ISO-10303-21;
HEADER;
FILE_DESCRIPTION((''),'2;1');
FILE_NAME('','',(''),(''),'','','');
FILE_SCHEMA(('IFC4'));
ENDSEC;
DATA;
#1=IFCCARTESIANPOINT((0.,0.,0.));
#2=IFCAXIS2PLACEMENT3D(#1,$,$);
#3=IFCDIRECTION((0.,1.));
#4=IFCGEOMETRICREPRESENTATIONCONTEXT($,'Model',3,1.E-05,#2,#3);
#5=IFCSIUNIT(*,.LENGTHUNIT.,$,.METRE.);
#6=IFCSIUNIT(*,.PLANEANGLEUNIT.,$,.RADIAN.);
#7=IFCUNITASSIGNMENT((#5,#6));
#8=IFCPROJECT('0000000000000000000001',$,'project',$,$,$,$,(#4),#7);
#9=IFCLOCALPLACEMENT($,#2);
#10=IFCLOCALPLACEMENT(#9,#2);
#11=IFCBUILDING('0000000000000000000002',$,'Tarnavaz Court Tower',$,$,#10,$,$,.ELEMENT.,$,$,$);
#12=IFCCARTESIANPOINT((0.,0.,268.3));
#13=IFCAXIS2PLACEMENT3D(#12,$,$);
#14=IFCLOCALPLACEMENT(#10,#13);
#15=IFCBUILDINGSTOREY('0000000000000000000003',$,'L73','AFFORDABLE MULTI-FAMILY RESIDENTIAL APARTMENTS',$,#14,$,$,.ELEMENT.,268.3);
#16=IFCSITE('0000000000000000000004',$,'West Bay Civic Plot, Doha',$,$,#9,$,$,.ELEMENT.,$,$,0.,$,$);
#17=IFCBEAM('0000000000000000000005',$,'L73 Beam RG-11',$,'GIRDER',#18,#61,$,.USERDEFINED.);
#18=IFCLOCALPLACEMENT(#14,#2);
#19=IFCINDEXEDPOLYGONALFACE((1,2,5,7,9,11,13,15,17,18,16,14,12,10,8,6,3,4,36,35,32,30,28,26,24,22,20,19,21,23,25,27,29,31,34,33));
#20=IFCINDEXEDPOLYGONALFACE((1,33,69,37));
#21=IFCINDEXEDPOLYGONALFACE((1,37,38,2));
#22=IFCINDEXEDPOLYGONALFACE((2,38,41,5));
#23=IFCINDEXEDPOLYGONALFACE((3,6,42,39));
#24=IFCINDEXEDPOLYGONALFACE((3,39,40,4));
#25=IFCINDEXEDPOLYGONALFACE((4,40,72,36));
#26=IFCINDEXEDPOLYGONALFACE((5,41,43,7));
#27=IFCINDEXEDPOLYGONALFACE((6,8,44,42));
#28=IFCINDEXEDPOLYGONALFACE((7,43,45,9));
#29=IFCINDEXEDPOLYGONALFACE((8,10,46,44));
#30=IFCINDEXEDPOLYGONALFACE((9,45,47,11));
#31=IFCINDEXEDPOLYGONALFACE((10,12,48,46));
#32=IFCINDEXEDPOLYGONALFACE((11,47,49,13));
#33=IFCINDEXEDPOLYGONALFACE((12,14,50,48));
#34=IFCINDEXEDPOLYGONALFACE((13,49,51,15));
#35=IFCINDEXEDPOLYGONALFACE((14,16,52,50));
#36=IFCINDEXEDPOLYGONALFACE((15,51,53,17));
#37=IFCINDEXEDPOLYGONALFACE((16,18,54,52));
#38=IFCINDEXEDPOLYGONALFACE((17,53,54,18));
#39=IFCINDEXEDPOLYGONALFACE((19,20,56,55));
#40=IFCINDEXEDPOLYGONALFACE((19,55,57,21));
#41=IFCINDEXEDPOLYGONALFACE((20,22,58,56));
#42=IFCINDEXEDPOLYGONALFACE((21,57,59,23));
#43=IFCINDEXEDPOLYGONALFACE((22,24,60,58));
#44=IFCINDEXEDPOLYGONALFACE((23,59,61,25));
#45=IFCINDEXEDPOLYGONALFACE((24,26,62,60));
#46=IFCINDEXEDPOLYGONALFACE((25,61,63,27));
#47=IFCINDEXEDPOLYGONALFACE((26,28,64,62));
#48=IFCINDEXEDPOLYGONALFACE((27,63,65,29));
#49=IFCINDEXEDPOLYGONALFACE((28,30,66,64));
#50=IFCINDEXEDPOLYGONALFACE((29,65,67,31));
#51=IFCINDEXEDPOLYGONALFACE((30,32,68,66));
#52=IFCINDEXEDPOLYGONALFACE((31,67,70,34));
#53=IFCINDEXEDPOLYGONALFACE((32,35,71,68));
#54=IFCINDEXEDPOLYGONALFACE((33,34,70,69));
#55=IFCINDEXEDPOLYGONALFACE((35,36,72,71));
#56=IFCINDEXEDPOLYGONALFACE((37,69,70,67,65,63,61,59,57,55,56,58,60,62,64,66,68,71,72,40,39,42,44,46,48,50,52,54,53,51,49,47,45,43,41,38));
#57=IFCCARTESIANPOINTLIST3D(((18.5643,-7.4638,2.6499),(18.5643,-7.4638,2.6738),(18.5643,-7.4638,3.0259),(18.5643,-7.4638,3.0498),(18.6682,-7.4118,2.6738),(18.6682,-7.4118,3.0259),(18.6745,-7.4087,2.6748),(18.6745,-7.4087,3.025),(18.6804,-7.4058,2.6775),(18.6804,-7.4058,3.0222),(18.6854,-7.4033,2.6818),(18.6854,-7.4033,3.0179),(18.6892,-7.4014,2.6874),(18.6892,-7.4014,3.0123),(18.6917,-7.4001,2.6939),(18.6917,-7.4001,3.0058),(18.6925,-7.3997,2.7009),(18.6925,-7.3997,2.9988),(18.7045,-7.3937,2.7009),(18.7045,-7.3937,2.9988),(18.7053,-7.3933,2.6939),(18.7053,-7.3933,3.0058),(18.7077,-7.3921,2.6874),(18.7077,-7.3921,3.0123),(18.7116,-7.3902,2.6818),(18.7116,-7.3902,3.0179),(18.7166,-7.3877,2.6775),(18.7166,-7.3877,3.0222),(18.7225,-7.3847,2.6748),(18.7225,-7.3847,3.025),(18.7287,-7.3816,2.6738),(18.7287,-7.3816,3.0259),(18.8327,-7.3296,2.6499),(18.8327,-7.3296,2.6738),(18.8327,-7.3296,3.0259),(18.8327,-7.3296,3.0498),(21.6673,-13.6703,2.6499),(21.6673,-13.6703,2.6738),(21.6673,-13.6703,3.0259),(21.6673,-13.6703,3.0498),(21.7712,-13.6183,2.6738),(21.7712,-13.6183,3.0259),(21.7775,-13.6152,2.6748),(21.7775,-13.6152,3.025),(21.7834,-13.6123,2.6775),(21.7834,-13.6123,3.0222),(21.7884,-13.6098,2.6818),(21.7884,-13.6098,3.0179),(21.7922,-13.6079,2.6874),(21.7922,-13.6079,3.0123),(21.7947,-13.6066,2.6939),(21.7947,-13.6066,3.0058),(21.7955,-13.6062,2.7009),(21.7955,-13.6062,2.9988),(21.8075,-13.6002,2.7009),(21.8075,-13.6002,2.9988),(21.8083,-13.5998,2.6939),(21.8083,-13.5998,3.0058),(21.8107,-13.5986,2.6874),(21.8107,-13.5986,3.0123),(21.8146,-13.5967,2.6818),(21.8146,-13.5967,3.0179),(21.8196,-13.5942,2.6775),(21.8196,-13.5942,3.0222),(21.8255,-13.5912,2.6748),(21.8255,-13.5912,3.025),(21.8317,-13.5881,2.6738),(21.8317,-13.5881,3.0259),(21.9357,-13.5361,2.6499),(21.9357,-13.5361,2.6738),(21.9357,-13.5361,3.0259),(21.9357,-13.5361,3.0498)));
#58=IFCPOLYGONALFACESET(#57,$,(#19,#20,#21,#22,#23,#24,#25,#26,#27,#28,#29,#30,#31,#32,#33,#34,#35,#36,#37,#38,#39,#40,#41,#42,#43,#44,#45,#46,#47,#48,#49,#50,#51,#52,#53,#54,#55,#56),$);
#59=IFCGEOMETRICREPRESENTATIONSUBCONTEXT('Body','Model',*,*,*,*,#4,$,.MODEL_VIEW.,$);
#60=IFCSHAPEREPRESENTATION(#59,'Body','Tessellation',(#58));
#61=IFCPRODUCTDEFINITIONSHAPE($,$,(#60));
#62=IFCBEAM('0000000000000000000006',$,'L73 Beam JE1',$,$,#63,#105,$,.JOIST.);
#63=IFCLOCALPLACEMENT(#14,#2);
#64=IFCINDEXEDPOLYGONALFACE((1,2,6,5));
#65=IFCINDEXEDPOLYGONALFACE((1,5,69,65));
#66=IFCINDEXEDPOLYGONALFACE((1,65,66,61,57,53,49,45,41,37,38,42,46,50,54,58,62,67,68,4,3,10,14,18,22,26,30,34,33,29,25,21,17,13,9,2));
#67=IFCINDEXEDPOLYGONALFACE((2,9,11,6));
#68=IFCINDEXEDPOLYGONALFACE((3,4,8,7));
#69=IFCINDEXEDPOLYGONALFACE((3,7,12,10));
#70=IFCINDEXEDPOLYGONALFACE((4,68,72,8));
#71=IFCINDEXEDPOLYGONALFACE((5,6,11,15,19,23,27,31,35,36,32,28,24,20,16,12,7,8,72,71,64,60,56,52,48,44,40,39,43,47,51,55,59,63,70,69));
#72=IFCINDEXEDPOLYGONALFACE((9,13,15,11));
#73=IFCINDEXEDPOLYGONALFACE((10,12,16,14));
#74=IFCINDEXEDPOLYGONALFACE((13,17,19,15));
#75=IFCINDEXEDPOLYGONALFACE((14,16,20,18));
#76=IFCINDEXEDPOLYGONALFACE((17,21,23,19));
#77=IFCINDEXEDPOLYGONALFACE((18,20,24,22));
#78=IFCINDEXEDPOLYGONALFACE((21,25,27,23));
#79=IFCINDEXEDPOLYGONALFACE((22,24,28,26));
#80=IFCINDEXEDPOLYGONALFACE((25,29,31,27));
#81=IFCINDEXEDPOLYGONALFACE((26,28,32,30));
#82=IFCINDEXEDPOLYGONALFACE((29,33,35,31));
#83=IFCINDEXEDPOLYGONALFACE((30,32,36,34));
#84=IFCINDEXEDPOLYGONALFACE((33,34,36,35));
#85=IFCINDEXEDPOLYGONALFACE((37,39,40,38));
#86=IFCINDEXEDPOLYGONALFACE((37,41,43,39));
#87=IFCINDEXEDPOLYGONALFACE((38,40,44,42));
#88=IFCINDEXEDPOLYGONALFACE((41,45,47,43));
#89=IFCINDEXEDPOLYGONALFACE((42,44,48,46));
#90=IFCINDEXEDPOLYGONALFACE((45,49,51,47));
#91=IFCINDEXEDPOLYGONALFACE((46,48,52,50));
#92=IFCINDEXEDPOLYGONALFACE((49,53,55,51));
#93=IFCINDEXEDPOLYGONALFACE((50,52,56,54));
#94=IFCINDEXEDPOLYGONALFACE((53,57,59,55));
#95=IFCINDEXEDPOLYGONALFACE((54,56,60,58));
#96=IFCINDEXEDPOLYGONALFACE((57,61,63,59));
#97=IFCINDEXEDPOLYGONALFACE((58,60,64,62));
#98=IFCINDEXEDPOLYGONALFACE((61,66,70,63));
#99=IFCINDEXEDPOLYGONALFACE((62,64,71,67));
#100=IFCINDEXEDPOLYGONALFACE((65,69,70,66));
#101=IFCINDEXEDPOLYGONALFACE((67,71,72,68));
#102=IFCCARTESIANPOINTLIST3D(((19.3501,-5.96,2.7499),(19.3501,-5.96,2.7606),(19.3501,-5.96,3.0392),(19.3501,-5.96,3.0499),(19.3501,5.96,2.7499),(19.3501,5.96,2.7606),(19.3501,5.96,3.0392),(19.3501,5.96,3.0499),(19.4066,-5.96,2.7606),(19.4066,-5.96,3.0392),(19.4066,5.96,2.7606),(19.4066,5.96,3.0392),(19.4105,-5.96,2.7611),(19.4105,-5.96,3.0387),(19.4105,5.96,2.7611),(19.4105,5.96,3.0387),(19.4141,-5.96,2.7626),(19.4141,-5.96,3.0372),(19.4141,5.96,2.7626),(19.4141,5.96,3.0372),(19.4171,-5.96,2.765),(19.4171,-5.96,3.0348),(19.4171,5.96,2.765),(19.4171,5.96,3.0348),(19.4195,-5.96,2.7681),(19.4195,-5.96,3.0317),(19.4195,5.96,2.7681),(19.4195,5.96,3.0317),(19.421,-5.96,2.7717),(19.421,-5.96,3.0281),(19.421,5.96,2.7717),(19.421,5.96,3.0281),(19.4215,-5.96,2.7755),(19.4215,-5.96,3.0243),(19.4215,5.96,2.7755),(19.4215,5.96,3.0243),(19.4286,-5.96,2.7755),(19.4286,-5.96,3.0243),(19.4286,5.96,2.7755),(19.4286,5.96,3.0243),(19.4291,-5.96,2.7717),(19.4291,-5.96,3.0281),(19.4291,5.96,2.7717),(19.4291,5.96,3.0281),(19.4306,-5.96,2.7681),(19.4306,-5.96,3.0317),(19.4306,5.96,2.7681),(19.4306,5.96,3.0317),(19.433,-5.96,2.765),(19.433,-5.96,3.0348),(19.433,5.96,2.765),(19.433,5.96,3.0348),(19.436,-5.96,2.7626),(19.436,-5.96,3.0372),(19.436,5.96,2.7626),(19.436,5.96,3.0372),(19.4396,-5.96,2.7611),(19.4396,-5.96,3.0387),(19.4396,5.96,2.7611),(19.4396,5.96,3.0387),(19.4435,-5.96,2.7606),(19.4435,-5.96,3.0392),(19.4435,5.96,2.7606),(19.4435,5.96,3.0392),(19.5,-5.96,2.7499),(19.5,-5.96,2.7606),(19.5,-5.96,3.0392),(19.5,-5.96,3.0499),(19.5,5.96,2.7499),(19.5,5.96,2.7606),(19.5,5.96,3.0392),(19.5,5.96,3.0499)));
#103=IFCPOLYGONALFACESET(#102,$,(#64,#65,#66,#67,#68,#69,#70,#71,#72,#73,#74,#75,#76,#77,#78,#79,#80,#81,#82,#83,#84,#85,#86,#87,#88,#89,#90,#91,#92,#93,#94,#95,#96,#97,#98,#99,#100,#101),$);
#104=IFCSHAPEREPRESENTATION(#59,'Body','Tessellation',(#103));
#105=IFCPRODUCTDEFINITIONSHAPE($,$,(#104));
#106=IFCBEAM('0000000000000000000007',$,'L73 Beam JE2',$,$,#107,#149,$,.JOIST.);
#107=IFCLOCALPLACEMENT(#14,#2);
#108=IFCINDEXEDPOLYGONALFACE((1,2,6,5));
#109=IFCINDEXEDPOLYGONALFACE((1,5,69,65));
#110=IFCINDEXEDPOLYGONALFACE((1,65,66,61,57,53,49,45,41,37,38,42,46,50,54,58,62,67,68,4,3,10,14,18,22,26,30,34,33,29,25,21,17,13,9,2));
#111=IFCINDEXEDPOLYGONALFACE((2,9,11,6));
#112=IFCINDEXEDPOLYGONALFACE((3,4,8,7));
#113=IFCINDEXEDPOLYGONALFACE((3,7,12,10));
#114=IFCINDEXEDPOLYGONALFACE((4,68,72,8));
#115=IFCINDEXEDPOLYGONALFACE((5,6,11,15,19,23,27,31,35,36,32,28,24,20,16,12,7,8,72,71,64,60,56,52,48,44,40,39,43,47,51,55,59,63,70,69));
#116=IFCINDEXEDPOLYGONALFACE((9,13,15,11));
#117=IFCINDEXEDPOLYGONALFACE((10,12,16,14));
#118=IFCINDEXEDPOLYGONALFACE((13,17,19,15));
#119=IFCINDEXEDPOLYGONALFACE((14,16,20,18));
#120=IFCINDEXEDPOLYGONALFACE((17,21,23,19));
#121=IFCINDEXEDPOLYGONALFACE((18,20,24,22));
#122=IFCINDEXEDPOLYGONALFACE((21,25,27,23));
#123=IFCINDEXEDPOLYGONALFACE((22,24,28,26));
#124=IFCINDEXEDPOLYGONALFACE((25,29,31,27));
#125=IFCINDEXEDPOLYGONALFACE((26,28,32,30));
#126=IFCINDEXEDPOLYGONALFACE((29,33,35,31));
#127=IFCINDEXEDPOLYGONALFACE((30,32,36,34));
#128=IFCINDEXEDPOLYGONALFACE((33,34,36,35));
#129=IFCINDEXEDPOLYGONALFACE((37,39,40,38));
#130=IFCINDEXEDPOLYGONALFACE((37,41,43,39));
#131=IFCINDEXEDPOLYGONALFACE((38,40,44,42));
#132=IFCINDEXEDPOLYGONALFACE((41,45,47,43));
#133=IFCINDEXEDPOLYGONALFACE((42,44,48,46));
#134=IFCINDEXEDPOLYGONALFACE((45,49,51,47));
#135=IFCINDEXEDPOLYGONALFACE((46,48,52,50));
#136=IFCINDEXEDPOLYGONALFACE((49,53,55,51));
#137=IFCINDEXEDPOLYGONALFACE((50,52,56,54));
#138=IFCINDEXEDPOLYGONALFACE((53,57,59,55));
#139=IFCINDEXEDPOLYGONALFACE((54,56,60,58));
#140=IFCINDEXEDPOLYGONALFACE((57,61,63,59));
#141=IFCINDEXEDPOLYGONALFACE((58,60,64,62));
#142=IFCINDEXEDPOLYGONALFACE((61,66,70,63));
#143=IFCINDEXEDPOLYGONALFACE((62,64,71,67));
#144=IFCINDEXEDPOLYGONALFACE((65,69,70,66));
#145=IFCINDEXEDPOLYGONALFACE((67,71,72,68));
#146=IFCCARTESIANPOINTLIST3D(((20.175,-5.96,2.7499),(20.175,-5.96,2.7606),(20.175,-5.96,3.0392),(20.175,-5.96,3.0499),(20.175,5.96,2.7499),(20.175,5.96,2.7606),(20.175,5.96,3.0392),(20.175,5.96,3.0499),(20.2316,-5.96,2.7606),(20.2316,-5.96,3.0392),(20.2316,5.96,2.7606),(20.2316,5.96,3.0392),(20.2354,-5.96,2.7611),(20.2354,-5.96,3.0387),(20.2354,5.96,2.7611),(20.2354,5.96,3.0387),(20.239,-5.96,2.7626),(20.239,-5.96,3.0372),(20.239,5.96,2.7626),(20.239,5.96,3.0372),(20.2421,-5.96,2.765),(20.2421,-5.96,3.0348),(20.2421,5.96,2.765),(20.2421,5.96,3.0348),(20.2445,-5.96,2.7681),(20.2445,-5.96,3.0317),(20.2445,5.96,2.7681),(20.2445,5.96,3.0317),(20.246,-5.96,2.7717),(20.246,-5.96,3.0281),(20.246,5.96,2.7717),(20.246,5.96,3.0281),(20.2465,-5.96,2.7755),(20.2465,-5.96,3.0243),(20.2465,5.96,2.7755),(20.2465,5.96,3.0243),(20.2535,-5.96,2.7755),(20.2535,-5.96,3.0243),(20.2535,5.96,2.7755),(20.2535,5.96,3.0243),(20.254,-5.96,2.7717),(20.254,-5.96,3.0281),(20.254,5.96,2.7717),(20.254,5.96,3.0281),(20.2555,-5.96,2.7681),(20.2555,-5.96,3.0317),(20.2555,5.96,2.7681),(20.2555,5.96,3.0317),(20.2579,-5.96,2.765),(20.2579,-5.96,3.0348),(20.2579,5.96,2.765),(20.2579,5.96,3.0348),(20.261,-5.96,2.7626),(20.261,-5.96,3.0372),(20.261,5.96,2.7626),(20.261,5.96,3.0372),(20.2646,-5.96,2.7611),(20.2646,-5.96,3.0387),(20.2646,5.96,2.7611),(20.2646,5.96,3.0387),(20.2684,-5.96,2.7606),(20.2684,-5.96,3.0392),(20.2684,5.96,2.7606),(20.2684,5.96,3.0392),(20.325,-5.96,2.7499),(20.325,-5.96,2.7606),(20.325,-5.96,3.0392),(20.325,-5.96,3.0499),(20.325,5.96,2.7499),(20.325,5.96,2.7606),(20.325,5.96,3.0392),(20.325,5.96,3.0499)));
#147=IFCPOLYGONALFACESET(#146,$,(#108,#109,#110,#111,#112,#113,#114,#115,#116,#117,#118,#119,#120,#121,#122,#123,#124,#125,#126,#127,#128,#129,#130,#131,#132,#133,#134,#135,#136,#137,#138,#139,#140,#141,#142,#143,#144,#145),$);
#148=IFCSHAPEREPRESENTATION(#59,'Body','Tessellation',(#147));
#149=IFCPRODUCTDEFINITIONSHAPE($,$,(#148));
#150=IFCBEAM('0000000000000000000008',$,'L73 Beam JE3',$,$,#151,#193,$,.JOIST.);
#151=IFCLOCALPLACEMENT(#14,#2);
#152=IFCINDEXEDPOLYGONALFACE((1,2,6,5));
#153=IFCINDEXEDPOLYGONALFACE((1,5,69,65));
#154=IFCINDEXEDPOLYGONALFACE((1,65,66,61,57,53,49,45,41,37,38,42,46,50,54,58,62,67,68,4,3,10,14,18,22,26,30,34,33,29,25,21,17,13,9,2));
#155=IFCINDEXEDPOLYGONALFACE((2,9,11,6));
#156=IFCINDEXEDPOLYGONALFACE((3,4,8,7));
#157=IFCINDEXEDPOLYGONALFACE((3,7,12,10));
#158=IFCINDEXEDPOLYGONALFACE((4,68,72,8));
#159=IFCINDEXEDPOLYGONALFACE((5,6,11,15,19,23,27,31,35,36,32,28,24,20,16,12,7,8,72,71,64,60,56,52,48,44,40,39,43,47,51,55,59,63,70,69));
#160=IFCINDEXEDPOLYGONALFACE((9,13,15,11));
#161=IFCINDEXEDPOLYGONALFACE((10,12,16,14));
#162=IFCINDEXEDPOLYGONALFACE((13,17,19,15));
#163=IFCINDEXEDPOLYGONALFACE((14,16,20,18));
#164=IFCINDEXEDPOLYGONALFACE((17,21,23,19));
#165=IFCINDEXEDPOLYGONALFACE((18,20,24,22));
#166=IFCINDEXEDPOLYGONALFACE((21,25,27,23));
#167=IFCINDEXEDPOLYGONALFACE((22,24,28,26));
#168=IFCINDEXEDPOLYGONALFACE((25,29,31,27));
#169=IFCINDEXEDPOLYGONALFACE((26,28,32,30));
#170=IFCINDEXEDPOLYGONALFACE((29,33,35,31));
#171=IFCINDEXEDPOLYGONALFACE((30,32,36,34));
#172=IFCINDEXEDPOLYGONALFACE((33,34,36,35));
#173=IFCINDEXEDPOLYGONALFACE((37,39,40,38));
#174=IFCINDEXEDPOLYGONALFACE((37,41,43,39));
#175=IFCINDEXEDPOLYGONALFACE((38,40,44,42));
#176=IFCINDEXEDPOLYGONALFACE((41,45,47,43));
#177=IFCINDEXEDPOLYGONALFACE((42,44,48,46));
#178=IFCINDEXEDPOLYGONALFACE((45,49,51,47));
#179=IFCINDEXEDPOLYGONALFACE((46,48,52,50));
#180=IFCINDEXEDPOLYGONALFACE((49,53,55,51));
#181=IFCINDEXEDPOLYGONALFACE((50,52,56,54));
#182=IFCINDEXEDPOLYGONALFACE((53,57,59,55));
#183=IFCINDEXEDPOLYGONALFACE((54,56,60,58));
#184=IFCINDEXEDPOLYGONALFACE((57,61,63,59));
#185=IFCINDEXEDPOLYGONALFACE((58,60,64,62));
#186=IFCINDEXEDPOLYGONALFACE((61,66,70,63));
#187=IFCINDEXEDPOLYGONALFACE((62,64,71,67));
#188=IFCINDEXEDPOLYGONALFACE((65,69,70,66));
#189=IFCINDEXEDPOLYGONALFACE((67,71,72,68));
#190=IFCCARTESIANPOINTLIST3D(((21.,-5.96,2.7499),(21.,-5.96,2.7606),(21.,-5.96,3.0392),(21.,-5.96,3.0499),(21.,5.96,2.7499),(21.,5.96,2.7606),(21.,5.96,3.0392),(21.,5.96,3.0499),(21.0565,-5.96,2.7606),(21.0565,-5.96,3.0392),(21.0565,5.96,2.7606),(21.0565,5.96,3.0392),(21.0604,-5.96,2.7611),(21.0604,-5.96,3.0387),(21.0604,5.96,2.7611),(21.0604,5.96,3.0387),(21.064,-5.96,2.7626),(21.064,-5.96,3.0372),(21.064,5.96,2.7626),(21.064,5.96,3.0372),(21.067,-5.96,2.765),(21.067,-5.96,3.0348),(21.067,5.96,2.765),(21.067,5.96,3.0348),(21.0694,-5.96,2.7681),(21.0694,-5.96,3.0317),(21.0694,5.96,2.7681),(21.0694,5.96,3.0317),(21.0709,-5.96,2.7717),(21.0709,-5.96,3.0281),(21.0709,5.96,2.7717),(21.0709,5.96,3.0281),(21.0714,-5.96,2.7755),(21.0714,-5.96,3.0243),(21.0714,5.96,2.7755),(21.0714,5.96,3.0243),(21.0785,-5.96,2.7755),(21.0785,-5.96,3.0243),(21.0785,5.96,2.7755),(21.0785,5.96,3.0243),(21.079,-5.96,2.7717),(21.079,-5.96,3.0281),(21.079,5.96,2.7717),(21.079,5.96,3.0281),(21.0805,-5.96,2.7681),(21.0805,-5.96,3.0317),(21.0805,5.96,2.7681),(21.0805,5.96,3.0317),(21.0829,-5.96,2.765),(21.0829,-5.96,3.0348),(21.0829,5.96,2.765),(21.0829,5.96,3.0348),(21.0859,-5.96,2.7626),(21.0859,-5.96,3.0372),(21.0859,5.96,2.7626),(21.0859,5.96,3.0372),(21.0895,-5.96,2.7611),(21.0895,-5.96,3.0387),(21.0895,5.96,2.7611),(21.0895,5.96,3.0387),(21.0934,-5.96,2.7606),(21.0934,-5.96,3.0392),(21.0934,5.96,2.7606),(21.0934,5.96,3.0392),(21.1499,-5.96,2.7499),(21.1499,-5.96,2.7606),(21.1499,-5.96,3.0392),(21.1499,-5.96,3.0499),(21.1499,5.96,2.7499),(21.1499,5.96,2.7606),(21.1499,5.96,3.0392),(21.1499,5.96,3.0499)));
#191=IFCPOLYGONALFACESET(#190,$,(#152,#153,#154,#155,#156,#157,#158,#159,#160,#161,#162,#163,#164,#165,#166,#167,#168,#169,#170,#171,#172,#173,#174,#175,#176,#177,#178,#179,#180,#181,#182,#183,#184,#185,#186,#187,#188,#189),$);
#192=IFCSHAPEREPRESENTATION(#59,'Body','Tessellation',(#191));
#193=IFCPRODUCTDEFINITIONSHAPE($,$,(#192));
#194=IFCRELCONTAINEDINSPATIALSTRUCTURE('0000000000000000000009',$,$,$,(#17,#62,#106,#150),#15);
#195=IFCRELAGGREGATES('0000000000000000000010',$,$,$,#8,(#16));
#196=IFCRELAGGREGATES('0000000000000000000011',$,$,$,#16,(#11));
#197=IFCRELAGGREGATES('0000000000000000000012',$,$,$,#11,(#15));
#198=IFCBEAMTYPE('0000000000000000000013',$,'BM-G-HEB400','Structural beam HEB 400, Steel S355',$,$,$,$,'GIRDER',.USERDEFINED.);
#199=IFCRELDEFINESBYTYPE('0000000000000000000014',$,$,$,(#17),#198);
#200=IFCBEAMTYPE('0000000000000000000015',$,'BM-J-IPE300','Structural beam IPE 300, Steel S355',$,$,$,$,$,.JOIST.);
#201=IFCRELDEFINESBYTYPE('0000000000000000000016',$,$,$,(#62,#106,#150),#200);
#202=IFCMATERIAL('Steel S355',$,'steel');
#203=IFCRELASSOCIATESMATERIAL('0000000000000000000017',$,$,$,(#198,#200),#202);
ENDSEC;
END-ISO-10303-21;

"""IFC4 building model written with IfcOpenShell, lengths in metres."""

from ifc_helpers import new_model, si_unit, direction, frame, origin, origin_2d, place, context, subcontext, project, spatial, i_section, extrude, material, material_profile, profile_set, type_object, element, save


model = new_model("IFC4")

# Units and contexts
model_context = context("Model", 3, precision=1e-05, world=origin(), true_north=direction((0.0, 1.0)))
body_context = subcontext(model_context, "Body", "Model", "MODEL_VIEW")
ifc_project = project(units=[si_unit("LENGTHUNIT", "METRE"), si_unit("PLANEANGLEUNIT", "RADIAN")], contexts=[model_context])

# Site, building, storey
site_placement = place(None, origin())
site = spatial("IfcSite", under=ifc_project, at=site_placement, Name="West Bay Civic Plot, Doha", CompositionType="ELEMENT", RefElevation=0.0)
building_placement = place(site_placement, origin())
building = spatial("IfcBuilding", under=site, at=building_placement, Name="Tarnavaz Court Tower", CompositionType="ELEMENT")
storey_placement = place(building_placement, frame((0.0, 0.0, 268.3)))
storey = spatial("IfcBuildingStorey", under=building, at=storey_placement, Name="L73", Description="AFFORDABLE MULTI-FAMILY RESIDENTIAL APARTMENTS", CompositionType="ELEMENT", Elevation=268.3)

# Beams
ifc_material_1 = material(Name="Steel S355", Category="steel")
ifc_material_profile_1 = material_profile(ifc_material_1, i_section(OverallWidth=0.3, OverallDepth=0.3999, WebThickness=0.0134, FlangeThickness=0.0239, FilletRadius=0.0271, at=origin_2d()), Name="HEB 400")
ifc_profile_set_1 = profile_set([ifc_material_profile_1], Name="Steel S355")
beam_type_1 = type_object("IfcBeamType", Name="BM-G-HEB400", Description="Structural beam HEB 400, Steel S355", ElementType="GIRDER", PredefinedType="USERDEFINED", material=ifc_profile_set_1)
beam_1_placement = place(storey_placement, frame((18.6985, -7.3967, 2.8499), z_axis=(0.447185, -0.894441, 0.0), x_axis=(0.894441, 0.447185, 0.0)))
element("IfcBeam", 1, at=beam_1_placement, inside=storey, type_object=beam_type_1, Name="L73 Beam RG-11", ObjectType="GIRDER", PredefinedType="USERDEFINED", context=body_context, shape_type="SweptSolid", body=[
    extrude(i_section(OverallWidth=0.3, OverallDepth=0.3999, WebThickness=0.0134, FlangeThickness=0.0239, FilletRadius=0.0271, at=origin_2d()), origin(), (0.0, 0.0, 1.0), 6.939),
])
ifc_material_profile_2 = material_profile(ifc_material_1, i_section(OverallWidth=0.1499, OverallDepth=0.3, WebThickness=0.0071, FlangeThickness=0.0107, FilletRadius=0.0149, at=origin_2d()), Name="IPE 300")
ifc_profile_set_2 = profile_set([ifc_material_profile_2], Name="Steel S355")
beam_type_2 = type_object("IfcBeamType", Name="BM-J-IPE300", Description="Structural beam IPE 300, Steel S355", PredefinedType="JOIST", material=ifc_profile_set_2)
for number, where, z_axis, x_axis, name in (
    (2, (19.425, -5.96, 2.8999), (0.0, 1.0, 0.0), (-1.0, 0.0, 0.0), "L73 Beam JE1"),
    (3, (20.25, -5.96, 2.8999), (0.0, 1.0, 0.0), (-1.0, 0.0, 0.0), "L73 Beam JE2"),
    (4, (21.075, -5.96, 2.8999), (0.0, 1.0, 0.0), (-1.0, 0.0, 0.0), "L73 Beam JE3"),
):
    element("IfcBeam", number, at=place(storey_placement, frame(where, z_axis=z_axis, x_axis=x_axis)), inside=storey, type_object=beam_type_2, Name=name, PredefinedType="JOIST", context=body_context, shape_type="SweptSolid", body=[
        extrude(i_section(OverallWidth=0.1499, OverallDepth=0.3, WebThickness=0.0071, FlangeThickness=0.0107, FilletRadius=0.0149, at=origin_2d()), origin(), (0.0, 0.0, 1.0), 11.9199),
    ])

save(model, "model.ifc")
